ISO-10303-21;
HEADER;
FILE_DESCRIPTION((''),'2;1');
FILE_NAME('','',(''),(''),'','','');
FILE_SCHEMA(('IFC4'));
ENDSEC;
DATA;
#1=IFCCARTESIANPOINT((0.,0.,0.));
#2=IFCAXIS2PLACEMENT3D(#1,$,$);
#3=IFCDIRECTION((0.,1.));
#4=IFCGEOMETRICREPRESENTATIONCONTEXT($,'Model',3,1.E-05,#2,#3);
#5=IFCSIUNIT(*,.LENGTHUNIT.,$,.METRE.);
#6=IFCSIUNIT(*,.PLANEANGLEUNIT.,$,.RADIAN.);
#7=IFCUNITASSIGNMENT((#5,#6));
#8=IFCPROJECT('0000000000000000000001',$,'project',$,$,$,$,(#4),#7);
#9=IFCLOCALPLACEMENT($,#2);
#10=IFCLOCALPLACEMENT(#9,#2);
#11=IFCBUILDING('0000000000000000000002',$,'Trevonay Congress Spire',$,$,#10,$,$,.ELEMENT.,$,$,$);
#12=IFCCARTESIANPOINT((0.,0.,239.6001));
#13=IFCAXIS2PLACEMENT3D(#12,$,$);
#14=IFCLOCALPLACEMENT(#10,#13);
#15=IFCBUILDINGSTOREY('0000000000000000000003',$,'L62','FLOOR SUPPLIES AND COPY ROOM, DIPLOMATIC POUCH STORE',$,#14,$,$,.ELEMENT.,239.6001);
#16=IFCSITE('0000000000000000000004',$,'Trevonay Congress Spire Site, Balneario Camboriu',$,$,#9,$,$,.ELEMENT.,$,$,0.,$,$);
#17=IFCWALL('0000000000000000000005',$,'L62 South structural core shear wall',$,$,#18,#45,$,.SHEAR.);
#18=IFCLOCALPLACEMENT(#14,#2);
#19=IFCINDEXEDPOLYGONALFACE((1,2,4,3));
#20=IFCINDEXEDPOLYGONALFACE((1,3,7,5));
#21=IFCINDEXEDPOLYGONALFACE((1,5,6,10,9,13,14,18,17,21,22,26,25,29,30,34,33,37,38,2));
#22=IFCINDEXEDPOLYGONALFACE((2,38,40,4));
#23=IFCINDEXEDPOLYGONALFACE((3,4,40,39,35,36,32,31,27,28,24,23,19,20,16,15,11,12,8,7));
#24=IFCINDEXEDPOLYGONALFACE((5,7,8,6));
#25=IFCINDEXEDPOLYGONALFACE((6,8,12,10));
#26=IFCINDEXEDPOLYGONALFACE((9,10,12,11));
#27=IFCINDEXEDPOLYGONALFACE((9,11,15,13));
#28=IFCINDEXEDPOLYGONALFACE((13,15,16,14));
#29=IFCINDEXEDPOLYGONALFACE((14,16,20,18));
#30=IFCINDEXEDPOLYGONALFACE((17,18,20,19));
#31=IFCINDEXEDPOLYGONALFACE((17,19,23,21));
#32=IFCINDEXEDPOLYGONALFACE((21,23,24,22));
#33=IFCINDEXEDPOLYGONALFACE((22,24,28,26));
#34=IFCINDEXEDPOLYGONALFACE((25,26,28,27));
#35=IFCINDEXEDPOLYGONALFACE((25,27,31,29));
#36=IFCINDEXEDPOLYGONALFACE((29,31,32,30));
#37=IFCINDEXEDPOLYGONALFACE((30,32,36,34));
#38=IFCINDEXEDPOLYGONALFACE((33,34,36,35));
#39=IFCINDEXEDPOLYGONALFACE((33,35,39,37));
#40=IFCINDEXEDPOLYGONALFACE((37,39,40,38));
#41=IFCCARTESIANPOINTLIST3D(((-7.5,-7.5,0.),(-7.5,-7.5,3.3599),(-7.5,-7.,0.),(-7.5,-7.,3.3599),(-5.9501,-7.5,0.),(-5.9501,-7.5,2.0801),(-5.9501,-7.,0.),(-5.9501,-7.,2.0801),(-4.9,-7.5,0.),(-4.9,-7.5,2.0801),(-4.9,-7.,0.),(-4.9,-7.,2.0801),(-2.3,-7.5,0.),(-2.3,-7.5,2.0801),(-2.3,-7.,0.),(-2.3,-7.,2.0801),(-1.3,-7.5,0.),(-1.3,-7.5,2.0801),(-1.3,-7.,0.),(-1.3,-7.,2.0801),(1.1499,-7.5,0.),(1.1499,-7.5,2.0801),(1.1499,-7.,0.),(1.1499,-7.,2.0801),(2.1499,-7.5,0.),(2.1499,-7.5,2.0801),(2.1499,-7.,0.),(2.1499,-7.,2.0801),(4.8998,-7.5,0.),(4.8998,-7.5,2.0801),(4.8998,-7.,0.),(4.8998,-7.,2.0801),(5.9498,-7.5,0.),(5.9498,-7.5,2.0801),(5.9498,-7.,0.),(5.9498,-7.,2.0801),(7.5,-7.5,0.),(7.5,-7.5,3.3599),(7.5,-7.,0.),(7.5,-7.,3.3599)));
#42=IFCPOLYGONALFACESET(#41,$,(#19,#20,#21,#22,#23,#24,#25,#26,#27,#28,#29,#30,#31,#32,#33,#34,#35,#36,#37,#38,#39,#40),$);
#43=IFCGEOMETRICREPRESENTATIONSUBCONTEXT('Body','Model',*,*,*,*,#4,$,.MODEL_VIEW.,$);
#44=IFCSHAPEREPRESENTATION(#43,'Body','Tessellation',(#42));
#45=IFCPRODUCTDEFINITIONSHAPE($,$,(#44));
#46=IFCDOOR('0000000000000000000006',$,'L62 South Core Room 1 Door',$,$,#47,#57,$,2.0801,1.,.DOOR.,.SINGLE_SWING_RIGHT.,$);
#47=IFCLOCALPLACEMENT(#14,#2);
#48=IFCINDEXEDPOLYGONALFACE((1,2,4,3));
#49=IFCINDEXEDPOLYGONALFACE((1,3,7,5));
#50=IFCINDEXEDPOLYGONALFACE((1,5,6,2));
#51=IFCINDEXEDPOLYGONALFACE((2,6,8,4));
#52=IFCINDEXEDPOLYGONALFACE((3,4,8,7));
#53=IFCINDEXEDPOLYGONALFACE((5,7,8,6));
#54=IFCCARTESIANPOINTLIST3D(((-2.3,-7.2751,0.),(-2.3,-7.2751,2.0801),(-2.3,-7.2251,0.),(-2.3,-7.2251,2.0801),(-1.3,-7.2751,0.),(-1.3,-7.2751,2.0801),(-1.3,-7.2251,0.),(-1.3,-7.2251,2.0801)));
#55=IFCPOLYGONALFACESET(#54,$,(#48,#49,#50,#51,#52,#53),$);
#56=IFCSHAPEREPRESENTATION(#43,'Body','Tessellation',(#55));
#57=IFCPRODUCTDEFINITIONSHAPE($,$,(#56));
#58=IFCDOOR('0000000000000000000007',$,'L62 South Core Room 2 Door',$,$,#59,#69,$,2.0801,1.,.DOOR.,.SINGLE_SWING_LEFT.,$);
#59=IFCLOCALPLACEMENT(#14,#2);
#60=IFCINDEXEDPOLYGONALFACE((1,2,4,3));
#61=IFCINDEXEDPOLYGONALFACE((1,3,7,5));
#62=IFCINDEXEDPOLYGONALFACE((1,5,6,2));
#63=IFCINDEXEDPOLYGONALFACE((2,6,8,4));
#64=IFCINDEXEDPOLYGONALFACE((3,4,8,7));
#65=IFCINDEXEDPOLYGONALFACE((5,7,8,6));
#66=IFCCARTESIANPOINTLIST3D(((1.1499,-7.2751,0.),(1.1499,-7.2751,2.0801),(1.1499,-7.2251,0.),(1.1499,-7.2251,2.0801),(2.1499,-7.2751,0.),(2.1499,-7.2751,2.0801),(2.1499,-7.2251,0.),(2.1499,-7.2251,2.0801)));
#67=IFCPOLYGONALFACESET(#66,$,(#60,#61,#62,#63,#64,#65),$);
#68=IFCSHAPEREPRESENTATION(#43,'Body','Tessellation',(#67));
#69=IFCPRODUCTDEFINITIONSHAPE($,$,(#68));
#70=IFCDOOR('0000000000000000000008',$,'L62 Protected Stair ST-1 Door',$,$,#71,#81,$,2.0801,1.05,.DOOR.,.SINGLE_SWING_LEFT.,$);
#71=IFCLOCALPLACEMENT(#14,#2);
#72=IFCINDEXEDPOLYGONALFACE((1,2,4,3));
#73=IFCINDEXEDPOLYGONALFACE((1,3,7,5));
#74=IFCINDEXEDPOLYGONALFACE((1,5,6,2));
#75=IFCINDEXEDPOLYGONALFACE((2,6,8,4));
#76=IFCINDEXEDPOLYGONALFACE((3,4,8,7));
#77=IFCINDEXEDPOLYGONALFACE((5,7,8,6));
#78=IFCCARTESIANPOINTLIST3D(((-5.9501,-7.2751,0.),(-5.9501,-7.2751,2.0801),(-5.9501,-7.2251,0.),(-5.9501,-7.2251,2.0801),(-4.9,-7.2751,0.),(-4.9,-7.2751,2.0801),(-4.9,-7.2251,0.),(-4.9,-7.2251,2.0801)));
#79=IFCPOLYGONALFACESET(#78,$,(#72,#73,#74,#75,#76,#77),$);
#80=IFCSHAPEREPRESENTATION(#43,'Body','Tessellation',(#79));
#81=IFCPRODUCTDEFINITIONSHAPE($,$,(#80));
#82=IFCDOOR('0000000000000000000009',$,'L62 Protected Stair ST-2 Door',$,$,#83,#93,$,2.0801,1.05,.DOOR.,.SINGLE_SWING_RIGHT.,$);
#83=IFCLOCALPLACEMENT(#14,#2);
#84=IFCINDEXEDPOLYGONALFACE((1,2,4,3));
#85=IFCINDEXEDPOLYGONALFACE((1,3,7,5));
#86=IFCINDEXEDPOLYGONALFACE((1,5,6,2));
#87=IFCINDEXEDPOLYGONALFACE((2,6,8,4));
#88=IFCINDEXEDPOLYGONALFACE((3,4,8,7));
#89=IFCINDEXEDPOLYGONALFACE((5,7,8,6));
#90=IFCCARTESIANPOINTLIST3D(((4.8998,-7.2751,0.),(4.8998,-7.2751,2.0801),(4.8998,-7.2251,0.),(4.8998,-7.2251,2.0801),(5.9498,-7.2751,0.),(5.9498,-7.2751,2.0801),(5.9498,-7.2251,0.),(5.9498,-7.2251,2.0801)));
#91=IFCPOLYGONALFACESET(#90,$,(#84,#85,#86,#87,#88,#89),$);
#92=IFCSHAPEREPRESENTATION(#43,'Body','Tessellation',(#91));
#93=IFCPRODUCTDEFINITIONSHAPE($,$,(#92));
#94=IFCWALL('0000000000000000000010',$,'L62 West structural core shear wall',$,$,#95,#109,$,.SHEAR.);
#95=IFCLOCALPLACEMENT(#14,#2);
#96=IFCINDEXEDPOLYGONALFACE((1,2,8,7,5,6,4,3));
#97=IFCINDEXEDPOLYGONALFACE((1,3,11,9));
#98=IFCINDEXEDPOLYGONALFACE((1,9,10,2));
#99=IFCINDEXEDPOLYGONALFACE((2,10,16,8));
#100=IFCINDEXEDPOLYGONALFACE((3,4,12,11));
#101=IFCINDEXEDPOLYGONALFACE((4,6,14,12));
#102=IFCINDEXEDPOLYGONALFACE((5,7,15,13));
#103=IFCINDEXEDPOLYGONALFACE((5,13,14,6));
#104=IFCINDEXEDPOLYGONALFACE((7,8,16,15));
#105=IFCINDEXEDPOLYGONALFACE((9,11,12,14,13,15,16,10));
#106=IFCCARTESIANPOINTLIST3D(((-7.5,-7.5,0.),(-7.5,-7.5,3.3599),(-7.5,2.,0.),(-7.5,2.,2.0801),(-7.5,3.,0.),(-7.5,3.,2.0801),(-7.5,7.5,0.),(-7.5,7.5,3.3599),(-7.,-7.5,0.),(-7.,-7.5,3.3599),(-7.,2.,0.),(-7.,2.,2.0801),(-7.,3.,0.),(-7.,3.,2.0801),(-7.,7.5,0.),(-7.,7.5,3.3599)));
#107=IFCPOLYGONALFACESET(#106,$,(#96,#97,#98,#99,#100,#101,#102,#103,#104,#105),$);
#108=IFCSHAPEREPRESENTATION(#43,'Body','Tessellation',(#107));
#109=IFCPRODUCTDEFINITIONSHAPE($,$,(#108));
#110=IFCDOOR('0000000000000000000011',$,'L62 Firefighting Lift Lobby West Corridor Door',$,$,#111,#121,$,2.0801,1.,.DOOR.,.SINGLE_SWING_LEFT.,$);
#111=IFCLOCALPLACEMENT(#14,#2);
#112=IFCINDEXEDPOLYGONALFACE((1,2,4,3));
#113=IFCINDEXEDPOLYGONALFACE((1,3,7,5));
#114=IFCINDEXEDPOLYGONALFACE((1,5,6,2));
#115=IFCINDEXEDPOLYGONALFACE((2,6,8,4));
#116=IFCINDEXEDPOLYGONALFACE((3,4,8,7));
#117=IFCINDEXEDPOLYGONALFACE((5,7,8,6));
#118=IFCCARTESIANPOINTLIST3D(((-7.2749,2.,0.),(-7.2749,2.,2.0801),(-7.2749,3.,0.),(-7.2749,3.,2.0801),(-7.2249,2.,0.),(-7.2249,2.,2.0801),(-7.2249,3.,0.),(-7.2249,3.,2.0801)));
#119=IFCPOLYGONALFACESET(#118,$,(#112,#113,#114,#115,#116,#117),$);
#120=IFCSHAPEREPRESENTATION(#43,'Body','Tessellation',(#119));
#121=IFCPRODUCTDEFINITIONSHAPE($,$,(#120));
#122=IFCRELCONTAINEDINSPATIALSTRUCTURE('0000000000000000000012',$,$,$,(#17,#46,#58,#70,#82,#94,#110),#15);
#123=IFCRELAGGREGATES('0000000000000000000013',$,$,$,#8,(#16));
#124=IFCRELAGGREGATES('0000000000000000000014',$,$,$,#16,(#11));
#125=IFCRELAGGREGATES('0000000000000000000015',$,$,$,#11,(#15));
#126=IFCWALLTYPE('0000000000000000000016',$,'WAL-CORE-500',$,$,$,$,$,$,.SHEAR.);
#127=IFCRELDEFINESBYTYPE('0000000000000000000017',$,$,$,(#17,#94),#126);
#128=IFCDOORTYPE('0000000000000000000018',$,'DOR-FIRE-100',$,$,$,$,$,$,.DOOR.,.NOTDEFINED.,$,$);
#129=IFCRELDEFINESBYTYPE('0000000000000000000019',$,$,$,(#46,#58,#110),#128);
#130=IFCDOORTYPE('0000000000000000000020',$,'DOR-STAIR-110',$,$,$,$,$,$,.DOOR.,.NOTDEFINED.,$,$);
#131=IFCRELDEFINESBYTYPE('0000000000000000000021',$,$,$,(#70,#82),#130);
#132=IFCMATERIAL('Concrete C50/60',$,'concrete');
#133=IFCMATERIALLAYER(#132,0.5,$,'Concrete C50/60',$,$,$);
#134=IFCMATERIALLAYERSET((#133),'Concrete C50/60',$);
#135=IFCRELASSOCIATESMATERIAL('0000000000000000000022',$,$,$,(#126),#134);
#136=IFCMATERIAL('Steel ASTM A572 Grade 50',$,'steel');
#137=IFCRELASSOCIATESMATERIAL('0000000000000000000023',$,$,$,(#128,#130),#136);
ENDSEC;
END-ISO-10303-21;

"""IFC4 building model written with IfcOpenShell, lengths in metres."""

from ifc_helpers import new_model, si_unit, direction, frame, frame_2d, origin, place, context, subcontext, project, spatial, rectangle, extrude, material, layer, layer_set, type_object, element, fill, save


model = new_model("IFC4")

# Units and contexts
model_context = context("Model", 3, precision=1e-05, world=origin(), true_north=direction((0.0, 1.0)))
body_context = subcontext(model_context, "Body", "Model", "MODEL_VIEW")
ifc_project = project(units=[si_unit("LENGTHUNIT", "METRE"), si_unit("PLANEANGLEUNIT", "RADIAN")], contexts=[model_context])

# Site, building, storey
site_placement = place(None, origin())
site = spatial("IfcSite", under=ifc_project, at=site_placement, Name="Trevonay Congress Spire Site, Balneario Camboriu", CompositionType="ELEMENT", RefElevation=0.0)
building_placement = place(site_placement, origin())
building = spatial("IfcBuilding", under=site, at=building_placement, Name="Trevonay Congress Spire", CompositionType="ELEMENT")
storey_placement = place(building_placement, frame((0.0, 0.0, 239.6001)))
storey = spatial("IfcBuildingStorey", under=building, at=storey_placement, Name="L62", Description="FLOOR SUPPLIES AND COPY ROOM, DIPLOMATIC POUCH STORE", CompositionType="ELEMENT", Elevation=239.6001)

# Shared definitions
ifc_material_1 = material(Name="Steel ASTM A572 Grade 50", Category="steel")

# Wall, openings, doors
ifc_material_2 = material(Name="Concrete C50/60", Category="concrete")
ifc_layer_1 = layer(ifc_material_2, 0.5, Name="Concrete C50/60")
ifc_layer_set_1 = layer_set([ifc_layer_1], Name="Concrete C50/60")
wall_type_1 = type_object("IfcWallType", Name="WAL-CORE-500", PredefinedType="SHEAR", material=ifc_layer_set_1)
wall_1_placement = place(storey_placement, frame((-7.5, -7.25, 0.0), z_axis=(0.0, 0.0, 1.0), x_axis=(1.0, 0.0, 0.0)))
wall_1 = element("IfcWall", 1, at=wall_1_placement, inside=storey, type_object=wall_type_1, Name="L62 South structural core shear wall", PredefinedType="SHEAR", context=body_context, shape_type="SweptSolid", body=[
    extrude(rectangle(XDim=15.0, YDim=0.5, at=frame_2d((7.5, 0.0))), origin(), (0.0, 0.0, 1.0), 3.3599),
])
opening_1_placement = place(wall_1_placement, frame((1.55, 0.0, 0.0)))
opening_1 = element("IfcOpeningElement", 2, at=opening_1_placement, cuts=wall_1, PredefinedType="OPENING", context=body_context, shape_type="SweptSolid", body=[
    extrude(rectangle(XDim=1.05, YDim=2.0801, at=frame_2d((0.5249, 1.04))), frame((0.0, 0.26, 0.0), z_axis=(0.0, -1.0, 0.0), x_axis=(1.0, 0.0, 0.0)), (0.0, 0.0, 1.0), 0.52),
])
opening_2_placement = place(wall_1_placement, frame((12.3999, 0.0, 0.0)))
opening_2 = element("IfcOpeningElement", 3, at=opening_2_placement, cuts=wall_1, PredefinedType="OPENING", context=body_context, shape_type="SweptSolid", body=[
    extrude(rectangle(XDim=1.05, YDim=2.0801, at=frame_2d((0.5249, 1.04))), frame((0.0, 0.26, 0.0), z_axis=(0.0, -1.0, 0.0), x_axis=(1.0, 0.0, 0.0)), (0.0, 0.0, 1.0), 0.52),
])
opening_3_placement = place(wall_1_placement, frame((5.2, 0.0, 0.0)))
opening_3 = element("IfcOpeningElement", 4, at=opening_3_placement, cuts=wall_1, PredefinedType="OPENING", context=body_context, shape_type="SweptSolid", body=[
    extrude(rectangle(XDim=1.0, YDim=2.0801, at=frame_2d((0.5, 1.04))), frame((0.0, 0.26, 0.0), z_axis=(0.0, -1.0, 0.0), x_axis=(1.0, 0.0, 0.0)), (0.0, 0.0, 1.0), 0.52),
])
opening_4_placement = place(wall_1_placement, frame((8.6499, 0.0, 0.0)))
opening_4 = element("IfcOpeningElement", 5, at=opening_4_placement, cuts=wall_1, PredefinedType="OPENING", context=body_context, shape_type="SweptSolid", body=[
    extrude(rectangle(XDim=1.0, YDim=2.0801, at=frame_2d((0.5, 1.04))), frame((0.0, 0.26, 0.0), z_axis=(0.0, -1.0, 0.0), x_axis=(1.0, 0.0, 0.0)), (0.0, 0.0, 1.0), 0.52),
])
door_type_1 = type_object("IfcDoorType", Name="DOR-FIRE-100", OperationType="NOTDEFINED", PredefinedType="DOOR", material=ifc_material_1)
door_1_placement = place(opening_3_placement, origin())
door_1 = element("IfcDoor", 6, at=door_1_placement, inside=storey, type_object=door_type_1, Name="L62 South Core Room 1 Door", OperationType="SINGLE_SWING_RIGHT", OverallHeight=2.0801, OverallWidth=1.0, PredefinedType="DOOR", context=body_context, shape_type="SweptSolid", body=[
    extrude(rectangle(XDim=1.0, YDim=2.0801, at=frame_2d((0.5, 1.04))), frame((0.0, 0.0249, 0.0), z_axis=(0.0, -1.0, 0.0), x_axis=(1.0, 0.0, 0.0)), (0.0, 0.0, 1.0), 0.05),
])
fill(opening_3, door_1)
door_2_placement = place(opening_4_placement, origin())
door_2 = element("IfcDoor", 7, at=door_2_placement, inside=storey, type_object=door_type_1, Name="L62 South Core Room 2 Door", OperationType="SINGLE_SWING_LEFT", OverallHeight=2.0801, OverallWidth=1.0, PredefinedType="DOOR", context=body_context, shape_type="SweptSolid", body=[
    extrude(rectangle(XDim=1.0, YDim=2.0801, at=frame_2d((0.5, 1.04))), frame((0.0, 0.0249, 0.0), z_axis=(0.0, -1.0, 0.0), x_axis=(1.0, 0.0, 0.0)), (0.0, 0.0, 1.0), 0.05),
])
fill(opening_4, door_2)
door_type_2 = type_object("IfcDoorType", Name="DOR-STAIR-110", OperationType="NOTDEFINED", PredefinedType="DOOR", material=ifc_material_1)
door_3_placement = place(opening_1_placement, origin())
door_3 = element("IfcDoor", 8, at=door_3_placement, inside=storey, type_object=door_type_2, Name="L62 Protected Stair ST-1 Door", OperationType="SINGLE_SWING_LEFT", OverallHeight=2.0801, OverallWidth=1.05, PredefinedType="DOOR", context=body_context, shape_type="SweptSolid", body=[
    extrude(rectangle(XDim=1.05, YDim=2.0801, at=frame_2d((0.5249, 1.04))), frame((0.0, 0.0249, 0.0), z_axis=(0.0, -1.0, 0.0), x_axis=(1.0, 0.0, 0.0)), (0.0, 0.0, 1.0), 0.05),
])
fill(opening_1, door_3)
door_4_placement = place(opening_2_placement, origin())
door_4 = element("IfcDoor", 9, at=door_4_placement, inside=storey, type_object=door_type_2, Name="L62 Protected Stair ST-2 Door", OperationType="SINGLE_SWING_RIGHT", OverallHeight=2.0801, OverallWidth=1.05, PredefinedType="DOOR", context=body_context, shape_type="SweptSolid", body=[
    extrude(rectangle(XDim=1.05, YDim=2.0801, at=frame_2d((0.5249, 1.04))), frame((0.0, 0.0249, 0.0), z_axis=(0.0, -1.0, 0.0), x_axis=(1.0, 0.0, 0.0)), (0.0, 0.0, 1.0), 0.05),
])
fill(opening_2, door_4)

# Wall, opening, door
wall_2_placement = place(storey_placement, frame((-7.25, -7.5, 0.0), z_axis=(0.0, 0.0, 1.0), x_axis=(0.0, 1.0, 0.0)))
wall_2 = element("IfcWall", 10, at=wall_2_placement, inside=storey, type_object=wall_type_1, Name="L62 West structural core shear wall", PredefinedType="SHEAR", context=body_context, shape_type="SweptSolid", body=[
    extrude(rectangle(XDim=15.0, YDim=0.5, at=frame_2d((7.5, 0.0))), origin(), (0.0, 0.0, 1.0), 3.3599),
])
opening_5_placement = place(wall_2_placement, frame((9.5, 0.0, 0.0)))
opening_5 = element("IfcOpeningElement", 11, at=opening_5_placement, cuts=wall_2, PredefinedType="OPENING", context=body_context, shape_type="SweptSolid", body=[
    extrude(rectangle(XDim=1.0, YDim=2.0801, at=frame_2d((0.5, 1.04))), frame((0.0, 0.26, 0.0), z_axis=(0.0, -1.0, 0.0), x_axis=(1.0, 0.0, 0.0)), (0.0, 0.0, 1.0), 0.52),
])
door_5_placement = place(opening_5_placement, origin())
door_5 = element("IfcDoor", 12, at=door_5_placement, inside=storey, type_object=door_type_1, Name="L62 Firefighting Lift Lobby West Corridor Door", OperationType="SINGLE_SWING_LEFT", OverallHeight=2.0801, OverallWidth=1.0, PredefinedType="DOOR", context=body_context, shape_type="SweptSolid", body=[
    extrude(rectangle(XDim=1.0, YDim=2.0801, at=frame_2d((0.5, 1.04))), frame((0.0, 0.0249, 0.0), z_axis=(0.0, -1.0, 0.0), x_axis=(1.0, 0.0, 0.0)), (0.0, 0.0, 1.0), 0.05),
])
fill(opening_5, door_5)

save(model, "model.ifc")
